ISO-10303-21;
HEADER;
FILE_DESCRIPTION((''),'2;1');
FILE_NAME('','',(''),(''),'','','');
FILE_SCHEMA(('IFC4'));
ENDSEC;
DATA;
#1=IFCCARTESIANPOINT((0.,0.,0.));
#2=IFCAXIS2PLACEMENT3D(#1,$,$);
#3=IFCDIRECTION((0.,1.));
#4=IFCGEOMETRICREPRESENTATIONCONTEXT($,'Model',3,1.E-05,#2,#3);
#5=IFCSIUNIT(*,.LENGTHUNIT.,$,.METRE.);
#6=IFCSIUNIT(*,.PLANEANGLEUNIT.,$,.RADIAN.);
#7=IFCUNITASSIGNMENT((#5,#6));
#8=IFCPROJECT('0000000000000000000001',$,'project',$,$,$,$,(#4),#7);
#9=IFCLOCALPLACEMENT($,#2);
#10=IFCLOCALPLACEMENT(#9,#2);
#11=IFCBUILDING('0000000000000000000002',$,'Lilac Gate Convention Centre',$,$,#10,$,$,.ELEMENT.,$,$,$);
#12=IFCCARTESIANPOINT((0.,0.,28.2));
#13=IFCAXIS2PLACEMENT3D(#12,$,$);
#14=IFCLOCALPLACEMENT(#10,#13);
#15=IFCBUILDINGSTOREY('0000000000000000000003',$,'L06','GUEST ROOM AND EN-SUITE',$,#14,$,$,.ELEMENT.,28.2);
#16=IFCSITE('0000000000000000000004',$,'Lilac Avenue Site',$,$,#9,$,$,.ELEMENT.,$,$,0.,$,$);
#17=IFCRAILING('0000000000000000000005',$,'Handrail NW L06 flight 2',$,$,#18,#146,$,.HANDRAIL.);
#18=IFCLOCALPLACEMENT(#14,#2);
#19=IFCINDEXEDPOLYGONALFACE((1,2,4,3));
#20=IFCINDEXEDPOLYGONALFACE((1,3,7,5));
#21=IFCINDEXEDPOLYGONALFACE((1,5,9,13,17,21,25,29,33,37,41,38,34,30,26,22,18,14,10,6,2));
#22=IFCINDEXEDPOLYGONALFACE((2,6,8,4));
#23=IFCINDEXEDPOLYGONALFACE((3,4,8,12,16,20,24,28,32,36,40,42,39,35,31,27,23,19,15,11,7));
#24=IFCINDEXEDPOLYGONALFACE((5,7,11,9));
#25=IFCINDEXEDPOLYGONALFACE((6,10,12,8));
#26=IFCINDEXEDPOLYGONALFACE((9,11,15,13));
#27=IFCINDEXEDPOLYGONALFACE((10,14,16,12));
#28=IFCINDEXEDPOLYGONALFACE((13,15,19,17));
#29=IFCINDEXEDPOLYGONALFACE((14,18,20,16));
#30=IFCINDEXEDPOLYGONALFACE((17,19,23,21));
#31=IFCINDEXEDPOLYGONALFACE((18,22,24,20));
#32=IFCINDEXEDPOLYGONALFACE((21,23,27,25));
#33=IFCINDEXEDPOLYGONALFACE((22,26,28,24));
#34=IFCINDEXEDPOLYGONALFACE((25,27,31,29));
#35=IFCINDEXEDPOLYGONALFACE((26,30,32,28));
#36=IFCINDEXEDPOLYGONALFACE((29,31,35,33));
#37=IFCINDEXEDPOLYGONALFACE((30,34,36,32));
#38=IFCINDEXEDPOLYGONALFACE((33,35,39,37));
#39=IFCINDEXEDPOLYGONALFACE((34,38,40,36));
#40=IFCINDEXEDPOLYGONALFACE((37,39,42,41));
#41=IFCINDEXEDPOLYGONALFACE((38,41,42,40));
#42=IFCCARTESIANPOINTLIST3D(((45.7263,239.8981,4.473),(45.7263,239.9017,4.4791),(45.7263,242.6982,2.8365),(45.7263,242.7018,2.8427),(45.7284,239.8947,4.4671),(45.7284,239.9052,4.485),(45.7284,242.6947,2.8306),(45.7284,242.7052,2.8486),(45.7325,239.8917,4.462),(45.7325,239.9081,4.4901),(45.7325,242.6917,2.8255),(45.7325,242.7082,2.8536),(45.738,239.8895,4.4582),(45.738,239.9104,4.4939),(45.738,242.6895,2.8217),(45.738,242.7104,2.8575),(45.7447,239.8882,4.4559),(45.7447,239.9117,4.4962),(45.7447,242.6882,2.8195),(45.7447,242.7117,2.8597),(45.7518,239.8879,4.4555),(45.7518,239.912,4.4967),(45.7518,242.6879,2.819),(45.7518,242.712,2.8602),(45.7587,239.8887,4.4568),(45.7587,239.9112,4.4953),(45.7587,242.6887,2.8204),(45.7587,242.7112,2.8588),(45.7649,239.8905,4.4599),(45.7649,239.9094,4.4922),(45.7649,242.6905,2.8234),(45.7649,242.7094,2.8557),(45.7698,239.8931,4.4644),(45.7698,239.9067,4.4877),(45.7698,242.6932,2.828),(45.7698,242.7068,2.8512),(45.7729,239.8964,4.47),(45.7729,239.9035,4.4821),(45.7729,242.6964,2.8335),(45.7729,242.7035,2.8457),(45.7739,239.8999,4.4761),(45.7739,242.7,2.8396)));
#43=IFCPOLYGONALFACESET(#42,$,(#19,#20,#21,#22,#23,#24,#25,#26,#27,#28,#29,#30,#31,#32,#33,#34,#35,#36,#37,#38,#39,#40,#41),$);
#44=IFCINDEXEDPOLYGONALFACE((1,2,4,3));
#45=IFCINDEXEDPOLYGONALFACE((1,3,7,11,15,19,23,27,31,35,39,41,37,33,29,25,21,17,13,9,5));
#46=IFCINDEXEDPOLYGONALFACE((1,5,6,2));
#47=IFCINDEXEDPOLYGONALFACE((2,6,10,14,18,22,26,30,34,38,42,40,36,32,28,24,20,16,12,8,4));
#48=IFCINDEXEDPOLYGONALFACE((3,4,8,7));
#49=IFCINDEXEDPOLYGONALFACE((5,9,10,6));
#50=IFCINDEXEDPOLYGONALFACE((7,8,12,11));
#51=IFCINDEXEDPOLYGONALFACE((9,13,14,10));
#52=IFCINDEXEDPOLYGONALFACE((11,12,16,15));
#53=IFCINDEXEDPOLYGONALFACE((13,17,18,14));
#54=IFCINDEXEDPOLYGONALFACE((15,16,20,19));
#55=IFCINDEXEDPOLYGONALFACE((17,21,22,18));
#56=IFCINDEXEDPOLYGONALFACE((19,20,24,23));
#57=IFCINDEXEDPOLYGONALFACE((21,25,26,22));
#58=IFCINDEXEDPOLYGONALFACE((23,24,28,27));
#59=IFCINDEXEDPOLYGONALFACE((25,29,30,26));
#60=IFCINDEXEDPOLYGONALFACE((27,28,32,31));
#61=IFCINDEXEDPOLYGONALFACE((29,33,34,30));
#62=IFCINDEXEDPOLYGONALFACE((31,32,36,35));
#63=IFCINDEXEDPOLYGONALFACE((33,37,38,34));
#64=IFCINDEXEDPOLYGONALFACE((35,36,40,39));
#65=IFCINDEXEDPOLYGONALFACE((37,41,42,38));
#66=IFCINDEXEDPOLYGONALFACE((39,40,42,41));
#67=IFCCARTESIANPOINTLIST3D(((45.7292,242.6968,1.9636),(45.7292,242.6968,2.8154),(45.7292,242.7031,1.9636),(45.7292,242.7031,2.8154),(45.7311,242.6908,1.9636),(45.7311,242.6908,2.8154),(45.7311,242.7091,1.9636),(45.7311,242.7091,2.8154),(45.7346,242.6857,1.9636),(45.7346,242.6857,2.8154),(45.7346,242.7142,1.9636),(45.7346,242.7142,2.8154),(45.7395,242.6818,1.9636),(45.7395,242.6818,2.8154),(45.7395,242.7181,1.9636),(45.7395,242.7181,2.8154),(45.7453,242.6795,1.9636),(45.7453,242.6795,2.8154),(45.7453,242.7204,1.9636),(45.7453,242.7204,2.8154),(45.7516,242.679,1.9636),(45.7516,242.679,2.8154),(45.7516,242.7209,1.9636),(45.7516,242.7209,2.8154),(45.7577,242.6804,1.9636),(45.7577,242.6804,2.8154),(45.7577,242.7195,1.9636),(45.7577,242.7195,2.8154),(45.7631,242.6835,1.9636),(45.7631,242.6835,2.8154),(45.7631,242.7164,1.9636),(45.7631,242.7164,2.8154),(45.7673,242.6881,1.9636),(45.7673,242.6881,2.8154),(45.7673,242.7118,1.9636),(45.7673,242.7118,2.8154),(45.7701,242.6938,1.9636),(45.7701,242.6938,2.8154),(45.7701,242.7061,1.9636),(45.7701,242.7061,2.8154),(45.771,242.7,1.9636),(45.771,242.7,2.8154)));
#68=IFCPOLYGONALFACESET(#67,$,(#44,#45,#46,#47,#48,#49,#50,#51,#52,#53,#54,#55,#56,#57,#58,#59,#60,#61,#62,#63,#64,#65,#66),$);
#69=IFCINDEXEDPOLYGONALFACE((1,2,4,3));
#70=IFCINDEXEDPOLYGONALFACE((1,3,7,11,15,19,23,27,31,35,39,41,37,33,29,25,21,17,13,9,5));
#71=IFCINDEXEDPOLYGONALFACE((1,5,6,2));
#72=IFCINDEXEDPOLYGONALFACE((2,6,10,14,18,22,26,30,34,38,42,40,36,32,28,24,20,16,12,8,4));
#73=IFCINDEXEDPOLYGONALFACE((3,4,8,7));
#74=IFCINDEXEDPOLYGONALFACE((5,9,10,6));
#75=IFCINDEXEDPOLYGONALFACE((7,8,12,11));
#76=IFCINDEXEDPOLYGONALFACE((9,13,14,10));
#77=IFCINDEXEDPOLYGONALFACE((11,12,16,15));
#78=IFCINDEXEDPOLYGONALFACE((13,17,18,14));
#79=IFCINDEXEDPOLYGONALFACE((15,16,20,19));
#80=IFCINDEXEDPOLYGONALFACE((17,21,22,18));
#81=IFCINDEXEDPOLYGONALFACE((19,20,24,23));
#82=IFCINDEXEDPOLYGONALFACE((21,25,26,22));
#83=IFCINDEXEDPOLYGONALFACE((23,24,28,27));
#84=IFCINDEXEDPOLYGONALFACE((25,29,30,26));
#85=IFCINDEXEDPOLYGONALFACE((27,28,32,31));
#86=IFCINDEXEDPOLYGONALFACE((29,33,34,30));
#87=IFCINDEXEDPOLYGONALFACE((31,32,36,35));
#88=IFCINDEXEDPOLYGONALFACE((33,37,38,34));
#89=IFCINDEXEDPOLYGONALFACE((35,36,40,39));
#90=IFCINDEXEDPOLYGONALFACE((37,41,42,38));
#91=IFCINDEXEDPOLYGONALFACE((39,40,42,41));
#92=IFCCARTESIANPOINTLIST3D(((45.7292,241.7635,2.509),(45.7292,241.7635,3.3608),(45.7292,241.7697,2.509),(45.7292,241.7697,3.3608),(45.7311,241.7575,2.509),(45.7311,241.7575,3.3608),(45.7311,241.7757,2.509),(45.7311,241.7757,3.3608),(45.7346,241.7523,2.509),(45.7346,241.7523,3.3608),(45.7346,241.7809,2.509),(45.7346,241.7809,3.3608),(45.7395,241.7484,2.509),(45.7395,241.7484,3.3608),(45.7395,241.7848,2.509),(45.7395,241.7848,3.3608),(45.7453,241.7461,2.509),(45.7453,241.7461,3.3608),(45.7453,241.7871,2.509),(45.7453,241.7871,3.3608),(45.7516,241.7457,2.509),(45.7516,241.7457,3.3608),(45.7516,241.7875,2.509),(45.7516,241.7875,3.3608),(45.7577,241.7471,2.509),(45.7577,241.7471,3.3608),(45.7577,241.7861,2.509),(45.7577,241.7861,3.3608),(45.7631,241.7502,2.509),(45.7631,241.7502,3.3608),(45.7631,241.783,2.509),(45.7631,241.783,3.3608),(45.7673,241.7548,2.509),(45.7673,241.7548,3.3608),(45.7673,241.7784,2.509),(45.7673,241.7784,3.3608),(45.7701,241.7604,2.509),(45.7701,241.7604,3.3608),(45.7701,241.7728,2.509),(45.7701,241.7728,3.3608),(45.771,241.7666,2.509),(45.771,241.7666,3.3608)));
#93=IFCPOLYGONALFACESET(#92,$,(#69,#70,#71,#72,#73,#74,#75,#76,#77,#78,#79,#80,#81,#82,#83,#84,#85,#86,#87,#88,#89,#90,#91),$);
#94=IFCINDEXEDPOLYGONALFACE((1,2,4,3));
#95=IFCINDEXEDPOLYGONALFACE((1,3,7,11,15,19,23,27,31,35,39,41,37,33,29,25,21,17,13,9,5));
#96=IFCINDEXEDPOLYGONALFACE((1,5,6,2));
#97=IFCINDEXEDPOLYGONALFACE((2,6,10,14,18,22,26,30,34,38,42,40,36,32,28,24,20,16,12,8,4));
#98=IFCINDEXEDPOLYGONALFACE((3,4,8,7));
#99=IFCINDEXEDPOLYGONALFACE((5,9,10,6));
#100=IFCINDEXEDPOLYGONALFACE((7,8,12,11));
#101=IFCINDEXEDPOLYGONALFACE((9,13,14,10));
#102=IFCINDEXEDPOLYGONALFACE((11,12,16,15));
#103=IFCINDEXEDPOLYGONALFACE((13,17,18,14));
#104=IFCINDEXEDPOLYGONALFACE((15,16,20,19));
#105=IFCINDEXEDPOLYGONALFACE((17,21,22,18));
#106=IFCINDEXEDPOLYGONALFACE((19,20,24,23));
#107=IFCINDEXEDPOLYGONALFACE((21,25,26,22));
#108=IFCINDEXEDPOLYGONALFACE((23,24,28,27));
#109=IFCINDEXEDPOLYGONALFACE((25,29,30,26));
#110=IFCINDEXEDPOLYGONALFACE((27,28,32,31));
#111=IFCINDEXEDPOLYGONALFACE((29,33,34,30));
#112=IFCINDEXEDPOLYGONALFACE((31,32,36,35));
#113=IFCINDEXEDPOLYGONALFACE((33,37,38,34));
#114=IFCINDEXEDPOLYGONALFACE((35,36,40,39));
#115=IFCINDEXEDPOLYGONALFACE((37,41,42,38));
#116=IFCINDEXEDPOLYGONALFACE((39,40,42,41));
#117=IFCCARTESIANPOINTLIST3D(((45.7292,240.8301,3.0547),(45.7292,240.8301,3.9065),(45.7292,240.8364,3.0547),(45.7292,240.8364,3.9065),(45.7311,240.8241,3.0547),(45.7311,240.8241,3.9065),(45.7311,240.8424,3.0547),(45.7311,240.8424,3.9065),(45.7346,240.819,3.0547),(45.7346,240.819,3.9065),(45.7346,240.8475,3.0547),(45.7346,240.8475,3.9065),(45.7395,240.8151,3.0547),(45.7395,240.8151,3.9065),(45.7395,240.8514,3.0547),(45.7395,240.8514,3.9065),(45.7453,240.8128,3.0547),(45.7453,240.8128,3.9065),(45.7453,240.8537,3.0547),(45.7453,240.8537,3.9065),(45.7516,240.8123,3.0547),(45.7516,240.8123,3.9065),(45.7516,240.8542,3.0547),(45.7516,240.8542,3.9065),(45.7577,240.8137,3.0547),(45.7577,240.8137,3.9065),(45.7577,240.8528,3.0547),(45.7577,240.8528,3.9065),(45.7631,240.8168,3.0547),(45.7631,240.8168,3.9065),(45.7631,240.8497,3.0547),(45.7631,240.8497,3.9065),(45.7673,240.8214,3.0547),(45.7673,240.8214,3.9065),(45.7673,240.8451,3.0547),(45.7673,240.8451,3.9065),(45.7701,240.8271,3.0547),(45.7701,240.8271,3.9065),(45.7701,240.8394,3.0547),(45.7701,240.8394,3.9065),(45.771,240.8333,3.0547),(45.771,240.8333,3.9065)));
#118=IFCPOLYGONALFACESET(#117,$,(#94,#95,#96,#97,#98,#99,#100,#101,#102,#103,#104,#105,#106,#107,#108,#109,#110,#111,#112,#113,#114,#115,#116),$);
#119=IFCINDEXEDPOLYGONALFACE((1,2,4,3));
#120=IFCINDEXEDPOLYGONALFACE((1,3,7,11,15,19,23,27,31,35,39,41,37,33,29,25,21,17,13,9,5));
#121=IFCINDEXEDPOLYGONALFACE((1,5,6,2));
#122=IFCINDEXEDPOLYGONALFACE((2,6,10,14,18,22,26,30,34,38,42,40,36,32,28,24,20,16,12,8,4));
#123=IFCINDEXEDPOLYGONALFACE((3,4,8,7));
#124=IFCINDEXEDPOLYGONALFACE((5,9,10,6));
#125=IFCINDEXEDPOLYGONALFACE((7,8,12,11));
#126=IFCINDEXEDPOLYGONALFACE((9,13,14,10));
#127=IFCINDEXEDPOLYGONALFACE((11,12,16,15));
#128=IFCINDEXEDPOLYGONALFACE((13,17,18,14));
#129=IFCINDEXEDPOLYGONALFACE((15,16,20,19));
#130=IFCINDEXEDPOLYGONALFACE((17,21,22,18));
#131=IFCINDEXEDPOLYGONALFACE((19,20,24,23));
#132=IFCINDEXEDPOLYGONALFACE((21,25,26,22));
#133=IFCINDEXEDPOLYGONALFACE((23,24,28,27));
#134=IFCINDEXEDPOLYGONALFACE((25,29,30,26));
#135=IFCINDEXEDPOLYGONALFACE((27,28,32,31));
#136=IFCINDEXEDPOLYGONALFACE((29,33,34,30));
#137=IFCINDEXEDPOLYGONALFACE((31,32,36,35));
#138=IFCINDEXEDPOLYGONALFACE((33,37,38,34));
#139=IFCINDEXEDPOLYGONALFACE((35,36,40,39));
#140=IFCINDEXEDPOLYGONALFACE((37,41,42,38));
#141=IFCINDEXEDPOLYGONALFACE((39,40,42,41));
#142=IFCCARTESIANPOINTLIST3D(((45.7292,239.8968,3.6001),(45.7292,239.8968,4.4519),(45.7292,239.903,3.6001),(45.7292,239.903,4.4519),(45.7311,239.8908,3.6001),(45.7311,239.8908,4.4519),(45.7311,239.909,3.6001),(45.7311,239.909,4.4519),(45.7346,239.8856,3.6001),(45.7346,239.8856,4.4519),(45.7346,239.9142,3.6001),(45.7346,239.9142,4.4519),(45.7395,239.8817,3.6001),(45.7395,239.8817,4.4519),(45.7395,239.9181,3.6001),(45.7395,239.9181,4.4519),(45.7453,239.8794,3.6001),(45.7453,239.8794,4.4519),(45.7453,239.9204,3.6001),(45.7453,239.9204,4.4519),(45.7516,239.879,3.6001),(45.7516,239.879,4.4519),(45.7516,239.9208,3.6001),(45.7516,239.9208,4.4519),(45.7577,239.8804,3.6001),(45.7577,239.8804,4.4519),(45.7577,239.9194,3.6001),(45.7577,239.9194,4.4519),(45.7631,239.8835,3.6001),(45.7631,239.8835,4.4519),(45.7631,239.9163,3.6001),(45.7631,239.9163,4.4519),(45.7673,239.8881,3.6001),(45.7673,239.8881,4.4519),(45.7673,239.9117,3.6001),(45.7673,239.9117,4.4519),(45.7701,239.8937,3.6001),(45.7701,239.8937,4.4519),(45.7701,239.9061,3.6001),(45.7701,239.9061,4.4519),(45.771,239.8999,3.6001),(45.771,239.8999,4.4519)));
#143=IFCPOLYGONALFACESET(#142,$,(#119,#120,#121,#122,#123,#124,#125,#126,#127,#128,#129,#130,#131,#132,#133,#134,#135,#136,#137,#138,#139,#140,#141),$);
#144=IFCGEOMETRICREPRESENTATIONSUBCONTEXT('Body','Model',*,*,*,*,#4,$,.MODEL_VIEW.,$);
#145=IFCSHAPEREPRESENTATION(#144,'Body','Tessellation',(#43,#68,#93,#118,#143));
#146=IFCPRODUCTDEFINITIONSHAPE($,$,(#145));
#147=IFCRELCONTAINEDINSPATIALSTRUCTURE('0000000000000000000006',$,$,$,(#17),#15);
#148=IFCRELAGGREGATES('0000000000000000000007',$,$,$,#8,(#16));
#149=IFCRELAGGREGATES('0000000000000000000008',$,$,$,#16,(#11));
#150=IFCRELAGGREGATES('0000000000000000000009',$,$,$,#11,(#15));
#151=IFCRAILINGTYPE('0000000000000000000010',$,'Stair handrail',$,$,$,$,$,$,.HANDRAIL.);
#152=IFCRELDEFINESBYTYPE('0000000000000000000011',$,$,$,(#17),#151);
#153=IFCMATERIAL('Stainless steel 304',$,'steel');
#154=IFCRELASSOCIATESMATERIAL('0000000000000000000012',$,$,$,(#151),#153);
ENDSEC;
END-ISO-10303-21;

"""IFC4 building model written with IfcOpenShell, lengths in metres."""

from ifc_helpers import new_model, si_unit, direction, frame, origin, origin_2d, place, context, subcontext, project, spatial, circle, extrude, material, type_object, element, save


model = new_model("IFC4")

# Units and contexts
model_context = context("Model", 3, precision=1e-05, world=origin(), true_north=direction((0.0, 1.0)))
body_context = subcontext(model_context, "Body", "Model", "MODEL_VIEW")
ifc_project = project(units=[si_unit("LENGTHUNIT", "METRE"), si_unit("PLANEANGLEUNIT", "RADIAN")], contexts=[model_context])

# Site, building, storey
site_placement = place(None, origin())
site = spatial("IfcSite", under=ifc_project, at=site_placement, Name="Lilac Avenue Site", CompositionType="ELEMENT", RefElevation=0.0)
building_placement = place(site_placement, origin())
building = spatial("IfcBuilding", under=site, at=building_placement, Name="Lilac Gate Convention Centre", CompositionType="ELEMENT")
storey_placement = place(building_placement, frame((0.0, 0.0, 28.2)))
storey = spatial("IfcBuildingStorey", under=building, at=storey_placement, Name="L06", Description="GUEST ROOM AND EN-SUITE", CompositionType="ELEMENT", Elevation=28.2)

# Railing
ifc_material_1 = material(Name="Stainless steel 304", Category="steel")
railing_type = type_object("IfcRailingType", Name="Stair handrail", PredefinedType="HANDRAIL", material=ifc_material_1)
for number, where, name in (
    (1, (45.75, 242.7, 1.9636), "Handrail NW L06 flight 2"),
):
    element("IfcRailing", number, at=place(storey_placement, frame(where)), inside=storey, type_object=railing_type, Name=name, PredefinedType="HANDRAIL", context=body_context, shape_type="SweptSolid", body=[
        extrude(circle(Radius=0.0239, at=origin_2d()), frame((0.0, 0.0, 0.876), z_axis=(0.0, -0.863361, 0.504587), x_axis=(1.0, 0.0, 0.0)), (0.0, 0.0, 1.0), 3.2432),
        extrude(circle(Radius=0.021, at=origin_2d()), origin(), (0.0, 0.0, 1.0), 0.8518),
        extrude(circle(Radius=0.021, at=origin_2d()), frame((0.0, -0.9333, 0.5454)), (0.0, 0.0, 1.0), 0.8518),
        extrude(circle(Radius=0.021, at=origin_2d()), frame((0.0, -1.8667, 1.0911)), (0.0, 0.0, 1.0), 0.8518),
        extrude(circle(Radius=0.021, at=origin_2d()), frame((0.0, -2.8, 1.6365)), (0.0, 0.0, 1.0), 0.8518),
    ])

save(model, "model.ifc")
